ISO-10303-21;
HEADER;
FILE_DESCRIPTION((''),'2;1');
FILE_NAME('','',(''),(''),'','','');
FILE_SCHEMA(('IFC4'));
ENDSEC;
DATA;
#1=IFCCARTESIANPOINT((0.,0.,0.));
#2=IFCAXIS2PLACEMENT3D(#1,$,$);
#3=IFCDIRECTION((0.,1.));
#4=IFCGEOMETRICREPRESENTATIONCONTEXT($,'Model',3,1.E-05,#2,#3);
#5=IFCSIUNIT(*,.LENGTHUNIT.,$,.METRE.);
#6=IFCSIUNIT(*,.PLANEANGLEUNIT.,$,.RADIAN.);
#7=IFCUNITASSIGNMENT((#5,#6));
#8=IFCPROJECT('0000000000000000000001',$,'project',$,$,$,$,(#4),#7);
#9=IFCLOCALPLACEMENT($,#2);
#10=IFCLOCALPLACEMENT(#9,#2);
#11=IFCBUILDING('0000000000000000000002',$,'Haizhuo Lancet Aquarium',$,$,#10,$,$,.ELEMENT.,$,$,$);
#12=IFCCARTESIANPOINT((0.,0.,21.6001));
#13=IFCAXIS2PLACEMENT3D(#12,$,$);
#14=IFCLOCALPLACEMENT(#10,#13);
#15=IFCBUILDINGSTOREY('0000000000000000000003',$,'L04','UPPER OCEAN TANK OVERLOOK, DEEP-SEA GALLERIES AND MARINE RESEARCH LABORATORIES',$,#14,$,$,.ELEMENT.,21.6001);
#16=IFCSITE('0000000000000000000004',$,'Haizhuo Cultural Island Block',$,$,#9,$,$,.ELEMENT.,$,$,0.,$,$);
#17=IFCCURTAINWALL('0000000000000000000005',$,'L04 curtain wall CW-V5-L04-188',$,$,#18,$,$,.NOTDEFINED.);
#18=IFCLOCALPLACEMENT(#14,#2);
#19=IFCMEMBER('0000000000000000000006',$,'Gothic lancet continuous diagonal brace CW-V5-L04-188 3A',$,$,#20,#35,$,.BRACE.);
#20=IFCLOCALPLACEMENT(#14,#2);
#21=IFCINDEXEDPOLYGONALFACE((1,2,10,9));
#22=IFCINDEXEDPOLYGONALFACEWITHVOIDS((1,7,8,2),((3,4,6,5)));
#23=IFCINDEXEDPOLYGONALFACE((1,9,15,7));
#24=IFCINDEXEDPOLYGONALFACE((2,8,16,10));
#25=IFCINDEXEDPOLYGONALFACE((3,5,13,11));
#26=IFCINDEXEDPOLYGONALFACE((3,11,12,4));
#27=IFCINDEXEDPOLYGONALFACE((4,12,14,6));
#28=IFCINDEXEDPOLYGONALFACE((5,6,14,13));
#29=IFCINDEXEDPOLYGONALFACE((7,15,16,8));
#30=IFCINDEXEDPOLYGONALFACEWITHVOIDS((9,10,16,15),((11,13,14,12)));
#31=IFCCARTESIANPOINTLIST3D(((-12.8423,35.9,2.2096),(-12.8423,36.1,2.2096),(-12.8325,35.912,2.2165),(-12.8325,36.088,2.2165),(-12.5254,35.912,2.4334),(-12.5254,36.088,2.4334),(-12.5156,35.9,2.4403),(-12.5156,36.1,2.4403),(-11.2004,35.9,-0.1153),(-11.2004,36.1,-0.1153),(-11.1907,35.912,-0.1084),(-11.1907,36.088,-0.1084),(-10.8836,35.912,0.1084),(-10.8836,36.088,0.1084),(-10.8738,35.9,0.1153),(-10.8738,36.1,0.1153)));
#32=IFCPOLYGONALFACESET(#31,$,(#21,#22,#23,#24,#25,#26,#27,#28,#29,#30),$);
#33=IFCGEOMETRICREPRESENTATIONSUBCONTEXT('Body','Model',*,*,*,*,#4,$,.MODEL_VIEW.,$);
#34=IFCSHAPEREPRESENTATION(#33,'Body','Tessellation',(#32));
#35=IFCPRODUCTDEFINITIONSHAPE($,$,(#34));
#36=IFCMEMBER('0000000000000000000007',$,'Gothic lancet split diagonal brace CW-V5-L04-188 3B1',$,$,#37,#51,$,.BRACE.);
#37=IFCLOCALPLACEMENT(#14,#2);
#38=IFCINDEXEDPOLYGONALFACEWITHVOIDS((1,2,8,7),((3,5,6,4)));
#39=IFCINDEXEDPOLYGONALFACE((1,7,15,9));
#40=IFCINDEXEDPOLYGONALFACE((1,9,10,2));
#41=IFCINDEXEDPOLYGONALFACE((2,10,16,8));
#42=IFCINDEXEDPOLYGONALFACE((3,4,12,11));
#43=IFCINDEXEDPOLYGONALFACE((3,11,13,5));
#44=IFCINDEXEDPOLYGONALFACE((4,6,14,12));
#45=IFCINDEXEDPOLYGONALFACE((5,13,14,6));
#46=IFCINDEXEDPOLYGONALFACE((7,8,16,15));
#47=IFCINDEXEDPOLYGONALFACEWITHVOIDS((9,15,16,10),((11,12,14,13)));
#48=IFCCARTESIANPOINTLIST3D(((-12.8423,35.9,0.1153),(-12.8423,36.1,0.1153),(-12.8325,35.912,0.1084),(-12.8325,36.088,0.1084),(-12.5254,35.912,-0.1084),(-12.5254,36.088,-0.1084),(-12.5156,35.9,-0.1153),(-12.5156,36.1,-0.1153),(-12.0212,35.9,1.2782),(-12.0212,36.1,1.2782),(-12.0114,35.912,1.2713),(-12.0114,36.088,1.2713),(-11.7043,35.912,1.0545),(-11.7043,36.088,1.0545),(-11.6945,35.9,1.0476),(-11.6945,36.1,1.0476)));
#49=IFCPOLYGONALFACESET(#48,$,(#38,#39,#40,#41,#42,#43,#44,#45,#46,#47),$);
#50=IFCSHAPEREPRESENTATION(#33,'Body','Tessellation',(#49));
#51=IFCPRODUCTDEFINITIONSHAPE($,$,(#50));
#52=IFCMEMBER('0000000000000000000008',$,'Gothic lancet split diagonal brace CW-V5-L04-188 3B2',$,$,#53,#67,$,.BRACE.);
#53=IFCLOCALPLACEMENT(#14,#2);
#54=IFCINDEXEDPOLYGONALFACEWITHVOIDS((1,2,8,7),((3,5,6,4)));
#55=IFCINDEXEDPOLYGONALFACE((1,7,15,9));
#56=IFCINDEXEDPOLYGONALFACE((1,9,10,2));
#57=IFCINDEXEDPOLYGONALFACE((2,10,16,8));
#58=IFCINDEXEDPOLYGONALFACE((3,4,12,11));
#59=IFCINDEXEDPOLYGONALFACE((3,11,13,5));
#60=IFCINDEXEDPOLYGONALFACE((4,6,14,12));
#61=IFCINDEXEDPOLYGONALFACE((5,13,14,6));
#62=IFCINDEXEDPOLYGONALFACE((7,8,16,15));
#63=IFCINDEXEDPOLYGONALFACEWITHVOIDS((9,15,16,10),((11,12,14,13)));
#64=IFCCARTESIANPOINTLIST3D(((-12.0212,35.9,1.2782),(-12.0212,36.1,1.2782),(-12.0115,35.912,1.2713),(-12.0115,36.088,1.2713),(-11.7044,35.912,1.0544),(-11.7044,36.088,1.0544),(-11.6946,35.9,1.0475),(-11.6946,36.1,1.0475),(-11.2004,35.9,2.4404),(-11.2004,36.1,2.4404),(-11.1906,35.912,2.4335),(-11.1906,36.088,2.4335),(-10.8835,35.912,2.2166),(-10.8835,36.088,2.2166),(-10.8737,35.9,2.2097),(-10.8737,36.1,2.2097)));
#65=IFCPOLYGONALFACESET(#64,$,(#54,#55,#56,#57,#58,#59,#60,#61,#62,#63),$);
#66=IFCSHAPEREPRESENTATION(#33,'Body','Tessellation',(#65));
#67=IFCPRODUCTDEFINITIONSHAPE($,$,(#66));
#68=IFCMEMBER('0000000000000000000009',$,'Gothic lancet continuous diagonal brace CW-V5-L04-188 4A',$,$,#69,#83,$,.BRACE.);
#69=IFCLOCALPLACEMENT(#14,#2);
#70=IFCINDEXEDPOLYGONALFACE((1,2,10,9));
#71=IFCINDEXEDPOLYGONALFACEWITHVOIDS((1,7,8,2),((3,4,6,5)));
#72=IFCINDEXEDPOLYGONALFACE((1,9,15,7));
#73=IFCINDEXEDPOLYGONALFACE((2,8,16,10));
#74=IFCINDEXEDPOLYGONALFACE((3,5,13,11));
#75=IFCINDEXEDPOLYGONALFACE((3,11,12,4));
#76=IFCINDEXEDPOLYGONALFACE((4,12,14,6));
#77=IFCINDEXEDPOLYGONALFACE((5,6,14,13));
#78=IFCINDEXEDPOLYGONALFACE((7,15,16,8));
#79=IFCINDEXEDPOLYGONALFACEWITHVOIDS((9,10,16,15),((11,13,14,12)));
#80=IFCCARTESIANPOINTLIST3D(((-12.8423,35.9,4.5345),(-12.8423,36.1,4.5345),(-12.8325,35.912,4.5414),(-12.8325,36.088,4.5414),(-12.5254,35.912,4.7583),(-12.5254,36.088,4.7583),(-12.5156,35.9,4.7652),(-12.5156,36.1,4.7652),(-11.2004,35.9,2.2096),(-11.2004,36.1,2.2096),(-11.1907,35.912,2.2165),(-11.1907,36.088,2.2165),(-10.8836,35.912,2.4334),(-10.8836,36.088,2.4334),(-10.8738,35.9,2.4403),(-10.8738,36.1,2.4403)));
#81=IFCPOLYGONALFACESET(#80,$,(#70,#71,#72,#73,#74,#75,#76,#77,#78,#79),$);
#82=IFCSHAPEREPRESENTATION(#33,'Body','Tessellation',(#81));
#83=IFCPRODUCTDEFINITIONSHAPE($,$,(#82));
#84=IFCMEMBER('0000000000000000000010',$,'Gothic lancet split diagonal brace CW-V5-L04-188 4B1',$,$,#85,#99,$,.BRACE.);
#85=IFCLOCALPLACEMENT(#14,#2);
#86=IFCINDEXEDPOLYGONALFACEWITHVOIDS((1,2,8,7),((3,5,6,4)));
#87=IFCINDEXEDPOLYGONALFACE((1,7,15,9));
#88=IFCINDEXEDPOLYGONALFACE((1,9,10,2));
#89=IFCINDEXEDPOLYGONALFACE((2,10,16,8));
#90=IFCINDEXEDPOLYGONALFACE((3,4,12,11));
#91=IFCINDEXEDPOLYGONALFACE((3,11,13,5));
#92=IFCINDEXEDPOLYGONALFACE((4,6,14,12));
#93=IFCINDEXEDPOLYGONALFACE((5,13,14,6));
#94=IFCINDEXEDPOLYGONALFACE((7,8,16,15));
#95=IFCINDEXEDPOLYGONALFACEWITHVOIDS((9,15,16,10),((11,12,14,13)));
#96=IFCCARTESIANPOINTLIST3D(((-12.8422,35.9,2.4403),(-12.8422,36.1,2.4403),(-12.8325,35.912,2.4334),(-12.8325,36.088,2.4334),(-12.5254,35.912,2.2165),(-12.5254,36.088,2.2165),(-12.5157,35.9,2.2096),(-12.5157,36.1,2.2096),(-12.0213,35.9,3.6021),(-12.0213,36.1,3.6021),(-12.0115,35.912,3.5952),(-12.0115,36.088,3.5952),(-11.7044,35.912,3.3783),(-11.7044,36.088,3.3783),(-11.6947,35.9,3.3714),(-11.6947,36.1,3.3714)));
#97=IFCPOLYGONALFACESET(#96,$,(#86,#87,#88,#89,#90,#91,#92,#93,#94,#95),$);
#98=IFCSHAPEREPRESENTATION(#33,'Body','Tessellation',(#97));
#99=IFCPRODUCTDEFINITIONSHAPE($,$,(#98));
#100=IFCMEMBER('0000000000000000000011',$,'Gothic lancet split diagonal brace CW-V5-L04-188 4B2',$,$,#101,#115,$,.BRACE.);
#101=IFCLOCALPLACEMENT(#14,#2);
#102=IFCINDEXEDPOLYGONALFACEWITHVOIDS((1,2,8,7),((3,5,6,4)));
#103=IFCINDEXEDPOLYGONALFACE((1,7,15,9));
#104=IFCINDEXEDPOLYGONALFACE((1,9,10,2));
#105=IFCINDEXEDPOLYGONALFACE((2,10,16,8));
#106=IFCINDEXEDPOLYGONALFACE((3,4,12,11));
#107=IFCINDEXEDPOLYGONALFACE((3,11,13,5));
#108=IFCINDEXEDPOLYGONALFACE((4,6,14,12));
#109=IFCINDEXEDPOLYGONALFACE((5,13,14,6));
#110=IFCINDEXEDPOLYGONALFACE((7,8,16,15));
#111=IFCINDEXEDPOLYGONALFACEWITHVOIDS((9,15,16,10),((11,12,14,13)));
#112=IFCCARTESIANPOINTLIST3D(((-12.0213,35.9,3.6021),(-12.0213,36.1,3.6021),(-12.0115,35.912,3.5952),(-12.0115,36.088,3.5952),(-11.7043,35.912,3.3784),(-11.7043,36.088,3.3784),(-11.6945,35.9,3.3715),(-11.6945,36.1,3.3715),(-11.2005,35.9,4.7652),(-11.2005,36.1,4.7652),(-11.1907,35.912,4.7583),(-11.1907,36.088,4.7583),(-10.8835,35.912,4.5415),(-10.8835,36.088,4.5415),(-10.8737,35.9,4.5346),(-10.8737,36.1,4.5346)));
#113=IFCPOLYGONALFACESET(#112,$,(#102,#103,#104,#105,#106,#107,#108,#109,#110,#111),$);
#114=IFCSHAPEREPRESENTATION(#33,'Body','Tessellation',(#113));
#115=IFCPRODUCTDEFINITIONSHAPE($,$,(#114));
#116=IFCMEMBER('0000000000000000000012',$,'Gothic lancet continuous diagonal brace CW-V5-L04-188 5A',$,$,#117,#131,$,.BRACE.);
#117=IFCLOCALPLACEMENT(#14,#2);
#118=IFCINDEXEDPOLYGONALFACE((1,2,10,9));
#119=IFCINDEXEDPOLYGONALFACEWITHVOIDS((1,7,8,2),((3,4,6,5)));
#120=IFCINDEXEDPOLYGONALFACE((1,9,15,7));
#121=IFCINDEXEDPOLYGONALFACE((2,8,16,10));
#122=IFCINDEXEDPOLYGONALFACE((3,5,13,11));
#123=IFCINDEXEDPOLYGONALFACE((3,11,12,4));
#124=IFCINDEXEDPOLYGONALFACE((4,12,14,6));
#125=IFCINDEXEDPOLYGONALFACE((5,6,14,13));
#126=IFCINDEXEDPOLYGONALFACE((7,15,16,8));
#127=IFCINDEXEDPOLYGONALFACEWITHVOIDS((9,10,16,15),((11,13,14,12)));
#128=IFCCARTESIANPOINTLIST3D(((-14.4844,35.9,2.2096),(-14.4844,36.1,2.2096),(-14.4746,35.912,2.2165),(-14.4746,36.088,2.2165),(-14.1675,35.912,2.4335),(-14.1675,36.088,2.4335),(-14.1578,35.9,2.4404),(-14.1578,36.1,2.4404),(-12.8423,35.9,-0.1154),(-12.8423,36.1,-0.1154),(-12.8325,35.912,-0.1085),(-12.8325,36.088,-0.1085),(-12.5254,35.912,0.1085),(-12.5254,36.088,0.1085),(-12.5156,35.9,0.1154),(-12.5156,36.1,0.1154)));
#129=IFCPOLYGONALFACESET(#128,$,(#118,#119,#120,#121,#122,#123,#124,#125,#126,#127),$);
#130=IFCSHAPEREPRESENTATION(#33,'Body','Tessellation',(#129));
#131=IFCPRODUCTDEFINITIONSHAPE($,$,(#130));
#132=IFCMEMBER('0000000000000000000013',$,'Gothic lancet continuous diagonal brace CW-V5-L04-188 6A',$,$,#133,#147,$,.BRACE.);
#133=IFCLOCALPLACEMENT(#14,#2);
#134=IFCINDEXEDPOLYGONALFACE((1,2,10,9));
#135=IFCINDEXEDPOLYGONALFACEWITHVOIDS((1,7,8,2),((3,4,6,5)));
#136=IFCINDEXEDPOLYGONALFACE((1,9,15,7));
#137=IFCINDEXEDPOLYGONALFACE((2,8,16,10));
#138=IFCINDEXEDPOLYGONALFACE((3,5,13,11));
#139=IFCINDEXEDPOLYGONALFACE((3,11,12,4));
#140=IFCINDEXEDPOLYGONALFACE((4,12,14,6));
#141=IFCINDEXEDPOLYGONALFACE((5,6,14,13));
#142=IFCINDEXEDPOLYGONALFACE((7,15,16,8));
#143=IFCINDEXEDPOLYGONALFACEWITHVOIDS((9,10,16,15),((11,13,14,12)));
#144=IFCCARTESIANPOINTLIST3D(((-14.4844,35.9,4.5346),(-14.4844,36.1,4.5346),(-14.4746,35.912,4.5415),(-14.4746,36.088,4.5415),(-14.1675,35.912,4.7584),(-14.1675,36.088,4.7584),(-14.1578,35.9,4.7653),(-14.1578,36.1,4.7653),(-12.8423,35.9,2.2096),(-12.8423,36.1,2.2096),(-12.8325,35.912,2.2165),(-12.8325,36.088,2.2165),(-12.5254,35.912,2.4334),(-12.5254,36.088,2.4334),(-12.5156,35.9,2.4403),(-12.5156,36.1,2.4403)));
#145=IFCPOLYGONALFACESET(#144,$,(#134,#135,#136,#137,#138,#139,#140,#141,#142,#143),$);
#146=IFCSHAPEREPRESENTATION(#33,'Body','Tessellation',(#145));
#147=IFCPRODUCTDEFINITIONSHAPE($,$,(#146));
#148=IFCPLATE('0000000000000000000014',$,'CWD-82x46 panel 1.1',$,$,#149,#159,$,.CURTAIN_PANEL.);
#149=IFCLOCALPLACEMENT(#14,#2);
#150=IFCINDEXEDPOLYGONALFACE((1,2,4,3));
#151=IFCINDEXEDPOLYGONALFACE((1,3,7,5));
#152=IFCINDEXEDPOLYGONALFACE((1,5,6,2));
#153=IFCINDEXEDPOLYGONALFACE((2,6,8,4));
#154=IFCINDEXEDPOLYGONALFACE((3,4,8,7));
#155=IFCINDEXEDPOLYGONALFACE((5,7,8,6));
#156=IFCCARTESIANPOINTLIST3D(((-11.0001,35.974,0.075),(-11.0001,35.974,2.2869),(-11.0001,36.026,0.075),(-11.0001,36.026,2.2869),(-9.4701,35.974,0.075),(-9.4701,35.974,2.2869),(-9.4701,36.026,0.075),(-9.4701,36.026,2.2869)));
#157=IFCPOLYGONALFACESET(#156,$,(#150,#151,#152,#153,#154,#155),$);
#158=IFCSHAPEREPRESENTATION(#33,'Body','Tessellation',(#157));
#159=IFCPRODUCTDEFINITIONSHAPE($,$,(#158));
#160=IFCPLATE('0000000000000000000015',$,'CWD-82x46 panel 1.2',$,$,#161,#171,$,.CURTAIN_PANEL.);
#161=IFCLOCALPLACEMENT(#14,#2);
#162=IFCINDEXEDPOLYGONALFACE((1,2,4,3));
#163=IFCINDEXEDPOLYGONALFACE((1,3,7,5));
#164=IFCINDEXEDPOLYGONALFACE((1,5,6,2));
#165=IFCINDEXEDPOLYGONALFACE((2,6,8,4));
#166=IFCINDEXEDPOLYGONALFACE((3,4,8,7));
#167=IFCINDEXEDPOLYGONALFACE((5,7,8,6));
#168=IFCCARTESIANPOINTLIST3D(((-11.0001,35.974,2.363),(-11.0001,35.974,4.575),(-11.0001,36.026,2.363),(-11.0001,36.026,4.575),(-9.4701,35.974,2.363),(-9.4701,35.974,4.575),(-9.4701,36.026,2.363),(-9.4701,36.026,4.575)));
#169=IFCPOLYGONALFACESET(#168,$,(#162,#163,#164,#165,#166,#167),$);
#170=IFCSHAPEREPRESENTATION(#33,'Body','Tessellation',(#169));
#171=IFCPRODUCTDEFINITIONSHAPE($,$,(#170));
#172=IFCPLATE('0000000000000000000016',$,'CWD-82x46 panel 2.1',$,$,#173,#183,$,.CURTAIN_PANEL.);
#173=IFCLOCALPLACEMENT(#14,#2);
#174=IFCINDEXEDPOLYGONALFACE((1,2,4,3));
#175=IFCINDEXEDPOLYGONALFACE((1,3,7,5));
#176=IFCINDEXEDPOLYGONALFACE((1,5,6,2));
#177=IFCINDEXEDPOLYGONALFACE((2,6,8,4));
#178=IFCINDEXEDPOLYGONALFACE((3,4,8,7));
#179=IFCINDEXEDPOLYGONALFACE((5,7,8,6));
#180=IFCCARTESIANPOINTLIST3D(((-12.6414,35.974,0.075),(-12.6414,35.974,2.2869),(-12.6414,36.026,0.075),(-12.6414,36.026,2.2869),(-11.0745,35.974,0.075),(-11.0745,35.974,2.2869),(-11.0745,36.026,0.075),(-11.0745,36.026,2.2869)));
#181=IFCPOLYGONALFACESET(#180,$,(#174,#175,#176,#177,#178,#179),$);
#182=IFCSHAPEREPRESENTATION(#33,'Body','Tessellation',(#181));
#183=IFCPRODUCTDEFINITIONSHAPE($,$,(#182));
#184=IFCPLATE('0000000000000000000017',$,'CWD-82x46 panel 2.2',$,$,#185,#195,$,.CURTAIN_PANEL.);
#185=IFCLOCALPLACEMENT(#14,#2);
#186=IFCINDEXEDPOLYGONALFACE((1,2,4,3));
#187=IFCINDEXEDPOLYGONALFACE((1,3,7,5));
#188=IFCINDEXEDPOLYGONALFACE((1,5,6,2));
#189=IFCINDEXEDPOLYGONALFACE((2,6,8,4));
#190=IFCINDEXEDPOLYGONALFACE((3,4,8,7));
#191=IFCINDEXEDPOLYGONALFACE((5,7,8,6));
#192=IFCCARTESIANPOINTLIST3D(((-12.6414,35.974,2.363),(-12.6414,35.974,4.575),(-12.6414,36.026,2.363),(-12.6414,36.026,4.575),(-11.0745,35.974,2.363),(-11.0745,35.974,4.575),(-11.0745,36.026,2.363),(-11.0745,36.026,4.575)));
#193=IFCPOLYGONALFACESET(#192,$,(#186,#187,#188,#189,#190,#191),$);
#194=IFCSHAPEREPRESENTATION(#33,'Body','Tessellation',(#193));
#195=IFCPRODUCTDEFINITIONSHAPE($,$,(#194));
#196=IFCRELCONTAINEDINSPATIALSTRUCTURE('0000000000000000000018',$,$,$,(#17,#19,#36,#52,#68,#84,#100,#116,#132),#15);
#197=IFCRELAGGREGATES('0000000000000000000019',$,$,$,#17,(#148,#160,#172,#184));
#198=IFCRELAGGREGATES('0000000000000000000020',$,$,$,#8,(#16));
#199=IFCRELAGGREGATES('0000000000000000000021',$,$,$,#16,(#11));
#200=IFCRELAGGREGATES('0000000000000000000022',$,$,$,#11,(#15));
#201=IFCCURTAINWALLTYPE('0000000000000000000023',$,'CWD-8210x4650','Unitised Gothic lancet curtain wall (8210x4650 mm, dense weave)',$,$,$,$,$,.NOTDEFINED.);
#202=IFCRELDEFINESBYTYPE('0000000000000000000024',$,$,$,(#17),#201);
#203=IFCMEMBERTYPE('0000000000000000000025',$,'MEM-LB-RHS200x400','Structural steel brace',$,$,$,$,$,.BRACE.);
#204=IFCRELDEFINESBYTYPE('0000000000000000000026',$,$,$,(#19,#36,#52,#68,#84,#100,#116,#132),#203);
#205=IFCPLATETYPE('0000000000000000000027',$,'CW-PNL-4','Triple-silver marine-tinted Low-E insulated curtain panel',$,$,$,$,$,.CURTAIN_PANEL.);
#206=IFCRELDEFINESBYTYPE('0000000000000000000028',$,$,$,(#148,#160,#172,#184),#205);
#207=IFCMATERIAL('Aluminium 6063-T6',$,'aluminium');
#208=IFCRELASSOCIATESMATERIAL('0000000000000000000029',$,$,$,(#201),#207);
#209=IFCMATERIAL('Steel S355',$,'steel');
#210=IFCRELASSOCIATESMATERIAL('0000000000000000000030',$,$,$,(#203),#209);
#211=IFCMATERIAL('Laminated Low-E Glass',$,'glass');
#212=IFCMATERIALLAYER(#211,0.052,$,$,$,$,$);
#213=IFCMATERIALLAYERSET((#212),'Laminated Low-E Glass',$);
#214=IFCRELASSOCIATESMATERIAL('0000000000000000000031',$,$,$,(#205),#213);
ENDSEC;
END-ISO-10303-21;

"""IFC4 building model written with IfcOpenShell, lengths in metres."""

from ifc_helpers import new_model, si_unit, direction, frame, origin, origin_2d, place, context, subcontext, project, spatial, rectangle, hollow_rectangle, extrude, material, layer, layer_set, material_profile, profile_set, type_object, element, aggregate, save


model = new_model("IFC4")

# Units and contexts
model_context = context("Model", 3, precision=1e-05, world=origin(), true_north=direction((0.0, 1.0)))
body_context = subcontext(model_context, "Body", "Model", "MODEL_VIEW")
ifc_project = project(units=[si_unit("LENGTHUNIT", "METRE"), si_unit("PLANEANGLEUNIT", "RADIAN")], contexts=[model_context])

# Site, building, storey
site_placement = place(None, origin())
site = spatial("IfcSite", under=ifc_project, at=site_placement, Name="Haizhuo Cultural Island Block", CompositionType="ELEMENT", RefElevation=0.0)
building_placement = place(site_placement, origin())
building = spatial("IfcBuilding", under=site, at=building_placement, Name="Haizhuo Lancet Aquarium", CompositionType="ELEMENT")
storey_placement = place(building_placement, frame((0.0, 0.0, 21.6001)))
storey = spatial("IfcBuildingStorey", under=building, at=storey_placement, Name="L04", Description="UPPER OCEAN TANK OVERLOOK, DEEP-SEA GALLERIES AND MARINE RESEARCH LABORATORIES", CompositionType="ELEMENT", Elevation=21.6001)

# Curtain wall
ifc_material_1 = material(Name="Aluminium 6063-T6", Category="aluminium")
curtain_wall_type = type_object("IfcCurtainWallType", Name="CWD-8210x4650", Description="Unitised Gothic lancet curtain wall (8210x4650 mm, dense weave)", PredefinedType="NOTDEFINED", material=ifc_material_1)
curtain_wall_placement = place(storey_placement, origin())
curtain_wall = element("IfcCurtainWall", 1, at=curtain_wall_placement, inside=storey, type_object=curtain_wall_type, Name="L04 curtain wall CW-V5-L04-188", PredefinedType="NOTDEFINED")

# Members
ifc_material_2 = material(Name="Steel S355", Category="steel")
ifc_material_profile_1 = material_profile(ifc_material_2, hollow_rectangle(XDim=0.2, YDim=0.3999, WallThickness=0.012, at=origin_2d()), Name="RHS 200x400x12")
ifc_profile_set_1 = profile_set([ifc_material_profile_1], Name="Steel S355")
member_type_1 = type_object("IfcMemberType", Name="MEM-LB-RHS200x400", Description="Structural steel brace", PredefinedType="BRACE", material=ifc_profile_set_1)
member_1_placement = place(storey_placement, frame((-11.0371, 36.0, 0.0), z_axis=(-0.576848, 0.0, 0.816851), x_axis=(0.0, -1.0, 0.0)))
element("IfcMember", 2, at=member_1_placement, inside=storey, type_object=member_type_1, Name="Gothic lancet continuous diagonal brace CW-V5-L04-188 3A", PredefinedType="BRACE", context=body_context, shape_type="SweptSolid", body=[
    extrude(hollow_rectangle(XDim=0.2, YDim=0.3999, WallThickness=0.012, at=origin_2d()), origin(), (0.0, 0.0, 1.0), 2.8462),
])
member_2_placement = place(storey_placement, frame((-12.679, 36.0, 0.0), z_axis=(0.576784, 0.0, 0.816897), x_axis=(0.0, 1.0, 0.0)))
element("IfcMember", 3, at=member_2_placement, inside=storey, type_object=member_type_1, Name="Gothic lancet split diagonal brace CW-V5-L04-188 3B1", PredefinedType="BRACE", context=body_context, shape_type="SweptSolid", body=[
    extrude(hollow_rectangle(XDim=0.2, YDim=0.3999, WallThickness=0.012, at=origin_2d()), origin(), (0.0, 0.0, 1.0), 1.4236),
])
member_3_placement = place(storey_placement, frame((-11.8579, 36.0, 1.1628), z_axis=(0.576912, 0.0, 0.816806), x_axis=(0.0, 1.0, 0.0)))
element("IfcMember", 4, at=member_3_placement, inside=storey, type_object=member_type_1, Name="Gothic lancet split diagonal brace CW-V5-L04-188 3B2", PredefinedType="BRACE", context=body_context, shape_type="SweptSolid", body=[
    extrude(hollow_rectangle(XDim=0.2, YDim=0.3999, WallThickness=0.012, at=origin_2d()), origin(), (0.0, 0.0, 1.0), 1.4229),
])
member_4_placement = place(storey_placement, frame((-11.0371, 36.0, 2.325), z_axis=(-0.576848, 0.0, 0.816851), x_axis=(0.0, -1.0, 0.0)))
element("IfcMember", 5, at=member_4_placement, inside=storey, type_object=member_type_1, Name="Gothic lancet continuous diagonal brace CW-V5-L04-188 4A", PredefinedType="BRACE", context=body_context, shape_type="SweptSolid", body=[
    extrude(hollow_rectangle(XDim=0.2, YDim=0.3999, WallThickness=0.012, at=origin_2d()), origin(), (0.0, 0.0, 1.0), 2.8462),
])
member_5_placement = place(storey_placement, frame((-12.679, 36.0, 2.325), z_axis=(0.577108, 0.0, 0.816668), x_axis=(0.0, 1.0, 0.0)))
element("IfcMember", 6, at=member_5_placement, inside=storey, type_object=member_type_1, Name="Gothic lancet split diagonal brace CW-V5-L04-188 4B1", PredefinedType="BRACE", context=body_context, shape_type="SweptSolid", body=[
    extrude(hollow_rectangle(XDim=0.2, YDim=0.3999, WallThickness=0.012, at=origin_2d()), origin(), (0.0, 0.0, 1.0), 1.4226),
])
member_6_placement = place(storey_placement, frame((-11.8579, 36.0, 3.4868), z_axis=(0.576589, 0.0, 0.817034), x_axis=(0.0, 1.0, 0.0)))
element("IfcMember", 7, at=member_6_placement, inside=storey, type_object=member_type_1, Name="Gothic lancet split diagonal brace CW-V5-L04-188 4B2", PredefinedType="BRACE", context=body_context, shape_type="SweptSolid", body=[
    extrude(hollow_rectangle(XDim=0.2, YDim=0.3999, WallThickness=0.012, at=origin_2d()), origin(), (0.0, 0.0, 1.0), 1.4236),
])
for number, where, z_axis, x_axis, name in (
    (8, (-12.679, 36.0, 0.0), (-0.576905, 0.0, 0.816811), (0.0, -1.0, 0.0), "Gothic lancet continuous diagonal brace CW-V5-L04-188 5A"),
    (9, (-12.679, 36.0, 2.325), (-0.576905, 0.0, 0.816811), (0.0, -1.0, 0.0), "Gothic lancet continuous diagonal brace CW-V5-L04-188 6A"),
):
    element("IfcMember", number, at=place(storey_placement, frame(where, z_axis=z_axis, x_axis=x_axis)), inside=storey, type_object=member_type_1, Name=name, PredefinedType="BRACE", context=body_context, shape_type="SweptSolid", body=[
        extrude(hollow_rectangle(XDim=0.2, YDim=0.3999, WallThickness=0.012, at=origin_2d()), origin(), (0.0, 0.0, 1.0), 2.8464),
    ])

# Plates
ifc_material_3 = material(Name="Laminated Low-E Glass", Category="glass")
ifc_layer = layer(ifc_material_3, 0.052)
ifc_layer_set = layer_set([ifc_layer], Name="Laminated Low-E Glass")
plate_type = type_object("IfcPlateType", Name="CW-PNL-4", Description="Triple-silver marine-tinted Low-E insulated curtain panel", PredefinedType="CURTAIN_PANEL", material=ifc_layer_set)
plate_1_placement = place(storey_placement, frame((-10.2351, 36.0, 0.075), z_axis=(0.0, 0.0, 1.0), x_axis=(-1.0, 0.0, 0.0)))
plate_1 = element("IfcPlate", 10, at=plate_1_placement, type_object=plate_type, Name="CWD-82x46 panel 1.1", PredefinedType="CURTAIN_PANEL", context=body_context, shape_type="SweptSolid", body=[
    extrude(rectangle(XDim=1.53, YDim=0.052, at=origin_2d()), origin(), (0.0, 0.0, 1.0), 2.2119),
])
plate_2_placement = place(storey_placement, frame((-10.2351, 36.0, 2.363), z_axis=(0.0, 0.0, 1.0), x_axis=(-1.0, 0.0, 0.0)))
plate_2 = element("IfcPlate", 11, at=plate_2_placement, type_object=plate_type, Name="CWD-82x46 panel 1.2", PredefinedType="CURTAIN_PANEL", context=body_context, shape_type="SweptSolid", body=[
    extrude(rectangle(XDim=1.53, YDim=0.052, at=origin_2d()), origin(), (0.0, 0.0, 1.0), 2.2119),
])
plate_3_placement = place(storey_placement, frame((-11.8579, 36.0, 0.075), z_axis=(0.0, 0.0, 1.0), x_axis=(-1.0, 0.0, 0.0)))
plate_3 = element("IfcPlate", 12, at=plate_3_placement, type_object=plate_type, Name="CWD-82x46 panel 2.1", PredefinedType="CURTAIN_PANEL", context=body_context, shape_type="SweptSolid", body=[
    extrude(rectangle(XDim=1.5669, YDim=0.052, at=origin_2d()), origin(), (0.0, 0.0, 1.0), 2.2119),
])
plate_4_placement = place(storey_placement, frame((-11.8579, 36.0, 2.363), z_axis=(0.0, 0.0, 1.0), x_axis=(-1.0, 0.0, 0.0)))
plate_4 = element("IfcPlate", 13, at=plate_4_placement, type_object=plate_type, Name="CWD-82x46 panel 2.2", PredefinedType="CURTAIN_PANEL", context=body_context, shape_type="SweptSolid", body=[
    extrude(rectangle(XDim=1.5669, YDim=0.052, at=origin_2d()), origin(), (0.0, 0.0, 1.0), 2.2119),
])
aggregate(curtain_wall, [plate_1, plate_2, plate_3, plate_4])

save(model, "model.ifc")
